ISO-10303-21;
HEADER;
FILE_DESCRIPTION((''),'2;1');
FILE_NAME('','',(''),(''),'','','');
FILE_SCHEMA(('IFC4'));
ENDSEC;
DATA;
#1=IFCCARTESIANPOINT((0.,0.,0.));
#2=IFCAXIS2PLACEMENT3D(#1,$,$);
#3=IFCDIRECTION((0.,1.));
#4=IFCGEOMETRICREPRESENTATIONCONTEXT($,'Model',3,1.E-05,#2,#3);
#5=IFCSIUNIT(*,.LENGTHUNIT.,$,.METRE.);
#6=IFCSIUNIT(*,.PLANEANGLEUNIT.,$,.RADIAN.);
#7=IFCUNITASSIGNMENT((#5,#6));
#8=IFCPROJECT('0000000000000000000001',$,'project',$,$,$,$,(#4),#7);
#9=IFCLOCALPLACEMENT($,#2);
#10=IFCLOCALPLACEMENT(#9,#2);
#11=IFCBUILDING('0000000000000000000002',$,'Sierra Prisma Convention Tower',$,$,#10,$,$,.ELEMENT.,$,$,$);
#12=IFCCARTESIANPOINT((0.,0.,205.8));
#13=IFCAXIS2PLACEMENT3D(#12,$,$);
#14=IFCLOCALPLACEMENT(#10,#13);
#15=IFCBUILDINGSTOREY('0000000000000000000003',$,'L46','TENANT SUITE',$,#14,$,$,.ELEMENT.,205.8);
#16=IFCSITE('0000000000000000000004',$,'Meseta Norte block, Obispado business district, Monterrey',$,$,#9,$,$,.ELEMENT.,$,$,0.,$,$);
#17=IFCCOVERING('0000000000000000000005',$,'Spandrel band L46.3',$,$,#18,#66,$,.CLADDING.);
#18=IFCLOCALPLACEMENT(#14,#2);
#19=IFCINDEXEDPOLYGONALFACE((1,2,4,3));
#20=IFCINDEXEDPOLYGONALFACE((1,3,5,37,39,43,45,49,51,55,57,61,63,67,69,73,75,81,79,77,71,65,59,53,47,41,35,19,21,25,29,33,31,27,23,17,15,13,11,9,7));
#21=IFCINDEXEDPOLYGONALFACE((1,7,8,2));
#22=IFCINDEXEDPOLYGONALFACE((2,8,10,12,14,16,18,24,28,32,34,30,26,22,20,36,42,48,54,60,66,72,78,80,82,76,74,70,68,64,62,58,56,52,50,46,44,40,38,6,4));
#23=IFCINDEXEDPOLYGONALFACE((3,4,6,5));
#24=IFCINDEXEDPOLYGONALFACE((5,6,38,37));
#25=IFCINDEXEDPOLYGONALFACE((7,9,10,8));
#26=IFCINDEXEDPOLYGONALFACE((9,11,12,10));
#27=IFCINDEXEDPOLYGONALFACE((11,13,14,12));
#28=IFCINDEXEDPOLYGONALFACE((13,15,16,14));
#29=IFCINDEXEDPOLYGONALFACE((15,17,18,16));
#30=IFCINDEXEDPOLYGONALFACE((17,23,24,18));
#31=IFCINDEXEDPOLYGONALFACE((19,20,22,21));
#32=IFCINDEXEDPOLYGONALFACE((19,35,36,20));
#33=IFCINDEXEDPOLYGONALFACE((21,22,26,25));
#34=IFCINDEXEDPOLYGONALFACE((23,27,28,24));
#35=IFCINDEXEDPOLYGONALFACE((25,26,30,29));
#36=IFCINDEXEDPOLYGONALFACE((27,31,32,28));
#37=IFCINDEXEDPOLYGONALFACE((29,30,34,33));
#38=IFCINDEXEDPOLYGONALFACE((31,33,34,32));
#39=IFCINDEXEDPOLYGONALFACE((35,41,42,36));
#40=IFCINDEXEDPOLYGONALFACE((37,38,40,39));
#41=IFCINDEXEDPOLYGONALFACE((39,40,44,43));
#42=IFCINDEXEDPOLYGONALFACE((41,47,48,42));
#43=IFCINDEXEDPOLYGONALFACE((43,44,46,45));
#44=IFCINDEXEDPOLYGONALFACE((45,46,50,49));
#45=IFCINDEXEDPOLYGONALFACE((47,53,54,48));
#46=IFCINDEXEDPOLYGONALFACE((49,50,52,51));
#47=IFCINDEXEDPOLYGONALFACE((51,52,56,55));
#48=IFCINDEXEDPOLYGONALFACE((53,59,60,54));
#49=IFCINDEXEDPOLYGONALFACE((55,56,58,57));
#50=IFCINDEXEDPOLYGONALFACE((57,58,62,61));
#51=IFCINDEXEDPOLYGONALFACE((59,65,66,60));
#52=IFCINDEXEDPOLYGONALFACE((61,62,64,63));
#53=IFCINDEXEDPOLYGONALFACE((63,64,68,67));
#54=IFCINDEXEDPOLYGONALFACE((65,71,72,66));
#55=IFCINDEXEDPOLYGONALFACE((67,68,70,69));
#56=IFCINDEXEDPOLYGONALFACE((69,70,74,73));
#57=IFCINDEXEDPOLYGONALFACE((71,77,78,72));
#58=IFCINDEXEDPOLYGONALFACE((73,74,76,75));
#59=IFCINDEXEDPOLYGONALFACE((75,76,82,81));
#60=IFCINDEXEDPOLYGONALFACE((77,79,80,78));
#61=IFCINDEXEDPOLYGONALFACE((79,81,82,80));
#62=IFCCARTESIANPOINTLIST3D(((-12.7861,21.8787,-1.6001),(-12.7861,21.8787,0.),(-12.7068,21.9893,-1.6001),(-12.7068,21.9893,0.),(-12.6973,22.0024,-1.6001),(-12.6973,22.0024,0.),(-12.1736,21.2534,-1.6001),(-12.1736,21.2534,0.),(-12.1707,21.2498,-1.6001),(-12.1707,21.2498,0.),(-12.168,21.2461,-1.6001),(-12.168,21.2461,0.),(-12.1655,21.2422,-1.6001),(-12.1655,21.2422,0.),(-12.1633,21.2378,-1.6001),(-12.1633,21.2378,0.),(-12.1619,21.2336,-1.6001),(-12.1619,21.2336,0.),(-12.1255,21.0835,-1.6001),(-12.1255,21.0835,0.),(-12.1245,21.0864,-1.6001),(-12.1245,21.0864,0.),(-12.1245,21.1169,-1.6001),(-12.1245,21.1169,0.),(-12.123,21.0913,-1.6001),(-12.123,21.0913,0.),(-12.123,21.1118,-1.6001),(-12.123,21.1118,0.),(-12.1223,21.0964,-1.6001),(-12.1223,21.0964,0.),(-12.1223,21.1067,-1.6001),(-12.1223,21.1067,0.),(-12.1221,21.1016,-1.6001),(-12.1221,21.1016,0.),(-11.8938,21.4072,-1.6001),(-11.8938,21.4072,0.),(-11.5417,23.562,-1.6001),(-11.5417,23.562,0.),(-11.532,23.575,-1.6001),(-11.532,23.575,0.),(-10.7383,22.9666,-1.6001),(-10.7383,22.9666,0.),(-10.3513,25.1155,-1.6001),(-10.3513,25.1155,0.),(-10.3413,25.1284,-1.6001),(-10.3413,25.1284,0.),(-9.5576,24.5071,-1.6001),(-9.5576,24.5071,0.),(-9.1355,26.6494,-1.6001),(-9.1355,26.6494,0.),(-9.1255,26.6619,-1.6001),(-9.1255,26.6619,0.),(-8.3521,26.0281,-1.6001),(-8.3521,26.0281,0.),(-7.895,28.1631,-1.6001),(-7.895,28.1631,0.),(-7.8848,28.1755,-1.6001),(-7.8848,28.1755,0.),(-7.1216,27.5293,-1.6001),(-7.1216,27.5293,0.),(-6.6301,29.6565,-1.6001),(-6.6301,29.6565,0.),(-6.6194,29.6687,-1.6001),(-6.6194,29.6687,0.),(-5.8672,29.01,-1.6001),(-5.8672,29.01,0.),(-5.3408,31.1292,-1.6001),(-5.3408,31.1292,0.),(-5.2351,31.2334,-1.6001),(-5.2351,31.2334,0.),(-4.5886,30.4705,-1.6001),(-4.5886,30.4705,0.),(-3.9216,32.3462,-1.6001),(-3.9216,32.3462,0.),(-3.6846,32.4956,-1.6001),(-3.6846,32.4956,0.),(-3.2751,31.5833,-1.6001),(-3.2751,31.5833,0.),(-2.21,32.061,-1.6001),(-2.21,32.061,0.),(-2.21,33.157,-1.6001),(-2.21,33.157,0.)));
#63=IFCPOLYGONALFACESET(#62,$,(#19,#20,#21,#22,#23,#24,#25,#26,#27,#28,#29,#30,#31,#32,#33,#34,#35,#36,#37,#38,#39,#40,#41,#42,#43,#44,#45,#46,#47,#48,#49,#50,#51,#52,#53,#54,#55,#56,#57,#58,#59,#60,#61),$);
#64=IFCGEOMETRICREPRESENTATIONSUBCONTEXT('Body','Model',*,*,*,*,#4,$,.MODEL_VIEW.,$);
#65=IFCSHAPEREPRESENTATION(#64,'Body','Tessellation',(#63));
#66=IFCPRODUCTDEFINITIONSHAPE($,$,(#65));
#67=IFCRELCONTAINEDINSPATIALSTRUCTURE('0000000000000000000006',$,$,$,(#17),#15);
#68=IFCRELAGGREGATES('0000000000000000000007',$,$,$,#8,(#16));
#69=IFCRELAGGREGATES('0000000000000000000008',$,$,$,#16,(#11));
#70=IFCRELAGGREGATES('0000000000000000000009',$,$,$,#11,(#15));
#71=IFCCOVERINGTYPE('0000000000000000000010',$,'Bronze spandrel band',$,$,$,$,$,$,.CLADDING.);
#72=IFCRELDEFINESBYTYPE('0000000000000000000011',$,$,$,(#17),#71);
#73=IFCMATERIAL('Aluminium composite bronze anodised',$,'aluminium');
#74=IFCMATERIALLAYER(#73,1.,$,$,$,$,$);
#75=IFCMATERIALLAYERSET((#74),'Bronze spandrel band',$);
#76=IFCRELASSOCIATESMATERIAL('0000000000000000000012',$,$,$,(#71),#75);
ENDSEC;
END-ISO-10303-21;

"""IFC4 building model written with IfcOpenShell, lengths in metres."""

from ifc_helpers import new_model, si_unit, direction, frame, origin, place, context, subcontext, project, spatial, polyline, outline, extrude, material, layer, layer_set, type_object, element, save


model = new_model("IFC4")

# Units and contexts
model_context = context("Model", 3, precision=1e-05, world=origin(), true_north=direction((0.0, 1.0)))
body_context = subcontext(model_context, "Body", "Model", "MODEL_VIEW")
ifc_project = project(units=[si_unit("LENGTHUNIT", "METRE"), si_unit("PLANEANGLEUNIT", "RADIAN")], contexts=[model_context])

# Site, building, storey
site_placement = place(None, origin())
site = spatial("IfcSite", under=ifc_project, at=site_placement, Name="Meseta Norte block, Obispado business district, Monterrey", CompositionType="ELEMENT", RefElevation=0.0)
building_placement = place(site_placement, origin())
building = spatial("IfcBuilding", under=site, at=building_placement, Name="Sierra Prisma Convention Tower", CompositionType="ELEMENT")
storey_placement = place(building_placement, frame((0.0, 0.0, 205.8)))
storey = spatial("IfcBuildingStorey", under=building, at=storey_placement, Name="L46", Description="TENANT SUITE", CompositionType="ELEMENT", Elevation=205.8)

# Covering
ifc_material_1 = material(Name="Aluminium composite bronze anodised", Category="aluminium")
ifc_layer_1 = layer(ifc_material_1, 1.0)
ifc_layer_set_1 = layer_set([ifc_layer_1], Name="Bronze spandrel band")
covering_type_1 = type_object("IfcCoveringType", Name="Bronze spandrel band", PredefinedType="CLADDING", material=ifc_layer_set_1)
covering_1_placement = place(storey_placement, frame((0.0, 0.0, -1.6001)))
element("IfcCovering", 1, at=covering_1_placement, inside=storey, type_object=covering_type_1, Name="Spandrel band L46.3", PredefinedType="CLADDING", context=body_context, shape_type="SweptSolid", body=[
    extrude(outline(polyline([(-10.3513, 25.1155), (-10.3413, 25.1284), (-9.1355, 26.6494), (-9.1255, 26.6619), (-7.895, 28.1631), (-7.8848, 28.1755), (-6.6301, 29.6565), (-6.6194, 29.6687), (-5.3408, 31.1292), (-5.2351, 31.2334), (-3.9216, 32.3462), (-3.6846, 32.4956), (-2.21, 33.157), (-2.21, 32.061), (-3.2751, 31.5833), (-4.5886, 30.4705), (-5.8672, 29.01), (-7.1216, 27.5293), (-8.3521, 26.0281), (-9.5576, 24.5071), (-10.7383, 22.9666), (-11.8938, 21.4072), (-12.1255, 21.0835), (-12.1245, 21.0864), (-12.123, 21.0913), (-12.1223, 21.0964), (-12.1221, 21.1016), (-12.1223, 21.1067), (-12.123, 21.1118), (-12.1245, 21.1169), (-12.1619, 21.2336), (-12.1633, 21.2378), (-12.1655, 21.2422), (-12.168, 21.2461), (-12.1707, 21.2498), (-12.1736, 21.2534), (-12.7861, 21.8787), (-12.7068, 21.9893), (-12.6973, 22.0024), (-11.5417, 23.562), (-11.532, 23.575), (-10.3513, 25.1155)])), origin(), (0.0, 0.0, 1.0), 1.6001),
])

save(model, "model.ifc")
